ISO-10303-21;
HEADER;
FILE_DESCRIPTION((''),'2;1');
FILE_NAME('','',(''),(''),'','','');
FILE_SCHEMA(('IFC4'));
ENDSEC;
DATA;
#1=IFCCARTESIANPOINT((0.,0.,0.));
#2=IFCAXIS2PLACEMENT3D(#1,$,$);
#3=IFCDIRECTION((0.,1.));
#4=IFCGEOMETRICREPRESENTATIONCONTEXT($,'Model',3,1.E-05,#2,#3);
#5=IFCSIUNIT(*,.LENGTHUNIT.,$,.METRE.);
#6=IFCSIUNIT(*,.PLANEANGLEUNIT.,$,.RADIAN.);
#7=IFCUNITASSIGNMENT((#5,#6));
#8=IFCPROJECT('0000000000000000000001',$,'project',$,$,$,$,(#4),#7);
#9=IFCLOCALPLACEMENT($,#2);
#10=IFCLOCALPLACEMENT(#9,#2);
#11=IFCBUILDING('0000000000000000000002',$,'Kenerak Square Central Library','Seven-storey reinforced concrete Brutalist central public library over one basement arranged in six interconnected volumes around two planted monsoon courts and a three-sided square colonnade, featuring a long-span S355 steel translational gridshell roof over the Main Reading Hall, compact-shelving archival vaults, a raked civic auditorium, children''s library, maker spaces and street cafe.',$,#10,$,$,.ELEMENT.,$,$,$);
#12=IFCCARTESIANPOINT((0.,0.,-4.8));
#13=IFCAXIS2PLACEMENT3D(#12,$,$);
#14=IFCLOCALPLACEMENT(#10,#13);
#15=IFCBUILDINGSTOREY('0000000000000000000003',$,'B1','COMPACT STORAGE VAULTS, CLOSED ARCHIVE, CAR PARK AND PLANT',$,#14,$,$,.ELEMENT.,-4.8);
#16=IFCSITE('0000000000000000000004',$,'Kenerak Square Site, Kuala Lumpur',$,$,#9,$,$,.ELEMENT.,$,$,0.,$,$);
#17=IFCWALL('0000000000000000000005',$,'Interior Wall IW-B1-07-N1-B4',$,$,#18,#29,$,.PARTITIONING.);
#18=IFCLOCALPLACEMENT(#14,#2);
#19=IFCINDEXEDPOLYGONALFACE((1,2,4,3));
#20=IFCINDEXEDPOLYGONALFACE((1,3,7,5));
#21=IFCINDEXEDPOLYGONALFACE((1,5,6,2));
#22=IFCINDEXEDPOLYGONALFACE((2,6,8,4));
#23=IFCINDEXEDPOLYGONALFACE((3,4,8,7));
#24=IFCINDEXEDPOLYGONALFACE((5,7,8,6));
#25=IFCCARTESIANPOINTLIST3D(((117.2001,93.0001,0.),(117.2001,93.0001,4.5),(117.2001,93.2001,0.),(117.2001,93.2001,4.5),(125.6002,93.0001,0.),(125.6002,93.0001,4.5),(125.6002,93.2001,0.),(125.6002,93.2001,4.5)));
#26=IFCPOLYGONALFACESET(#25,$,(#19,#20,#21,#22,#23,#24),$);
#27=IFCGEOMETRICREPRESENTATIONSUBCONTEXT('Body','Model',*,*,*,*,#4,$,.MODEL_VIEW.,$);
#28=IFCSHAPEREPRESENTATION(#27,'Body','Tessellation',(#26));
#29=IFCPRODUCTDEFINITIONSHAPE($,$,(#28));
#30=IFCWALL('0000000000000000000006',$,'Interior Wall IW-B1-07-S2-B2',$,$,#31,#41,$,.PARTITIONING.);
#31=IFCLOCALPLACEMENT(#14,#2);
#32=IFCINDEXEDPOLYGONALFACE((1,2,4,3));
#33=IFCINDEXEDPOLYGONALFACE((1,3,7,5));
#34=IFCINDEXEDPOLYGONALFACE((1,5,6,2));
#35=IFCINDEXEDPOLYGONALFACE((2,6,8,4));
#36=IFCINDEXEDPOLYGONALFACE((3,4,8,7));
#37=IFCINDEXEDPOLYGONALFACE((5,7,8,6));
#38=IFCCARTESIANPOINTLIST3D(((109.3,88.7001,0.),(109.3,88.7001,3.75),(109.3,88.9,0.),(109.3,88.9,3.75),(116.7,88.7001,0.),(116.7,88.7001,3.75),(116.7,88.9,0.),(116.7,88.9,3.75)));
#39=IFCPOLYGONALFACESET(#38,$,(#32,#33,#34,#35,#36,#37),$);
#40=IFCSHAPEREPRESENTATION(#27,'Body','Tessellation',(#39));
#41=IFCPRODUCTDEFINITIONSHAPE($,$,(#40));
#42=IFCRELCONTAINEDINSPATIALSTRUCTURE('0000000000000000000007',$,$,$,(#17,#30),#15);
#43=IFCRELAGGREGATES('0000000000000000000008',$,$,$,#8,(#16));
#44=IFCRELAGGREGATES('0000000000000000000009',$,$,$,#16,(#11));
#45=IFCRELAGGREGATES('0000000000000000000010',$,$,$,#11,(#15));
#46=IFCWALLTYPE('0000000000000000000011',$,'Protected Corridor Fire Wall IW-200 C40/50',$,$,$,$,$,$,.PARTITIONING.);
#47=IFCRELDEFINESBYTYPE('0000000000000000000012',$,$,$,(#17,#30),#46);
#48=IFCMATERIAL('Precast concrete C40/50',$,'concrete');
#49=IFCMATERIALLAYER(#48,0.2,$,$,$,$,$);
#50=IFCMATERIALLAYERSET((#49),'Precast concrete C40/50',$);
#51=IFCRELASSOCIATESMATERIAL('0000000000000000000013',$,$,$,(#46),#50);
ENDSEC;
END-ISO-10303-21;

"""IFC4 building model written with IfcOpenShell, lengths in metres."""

from ifc_helpers import new_model, si_unit, direction, frame, frame_2d, origin, place, context, subcontext, project, spatial, rectangle, extrude, material, layer, layer_set, type_object, element, save


model = new_model("IFC4")

# Units and contexts
model_context = context("Model", 3, precision=1e-05, world=origin(), true_north=direction((0.0, 1.0)))
body_context = subcontext(model_context, "Body", "Model", "MODEL_VIEW")
ifc_project = project(units=[si_unit("LENGTHUNIT", "METRE"), si_unit("PLANEANGLEUNIT", "RADIAN")], contexts=[model_context])

# Site, building, storey
site_placement = place(None, origin())
site = spatial("IfcSite", under=ifc_project, at=site_placement, Name="Kenerak Square Site, Kuala Lumpur", CompositionType="ELEMENT", RefElevation=0.0)
building_placement = place(site_placement, origin())
building = spatial("IfcBuilding", under=site, at=building_placement, Name="Kenerak Square Central Library", Description="Seven-storey reinforced concrete Brutalist central public library over one basement arranged in six interconnected volumes around two planted monsoon courts and a three-sided square colonnade, featuring a long-span S355 steel translational gridshell roof over the Main Reading Hall, compact-shelving archival vaults, a raked civic auditorium, children's library, maker spaces and street cafe.", CompositionType="ELEMENT")
storey_placement = place(building_placement, frame((0.0, 0.0, -4.8)))
storey = spatial("IfcBuildingStorey", under=building, at=storey_placement, Name="B1", Description="COMPACT STORAGE VAULTS, CLOSED ARCHIVE, CAR PARK AND PLANT", CompositionType="ELEMENT", Elevation=-4.8)

# Walls
ifc_material_1 = material(Name="Precast concrete C40/50", Category="concrete")
ifc_layer_1 = layer(ifc_material_1, 0.2)
ifc_layer_set_1 = layer_set([ifc_layer_1], Name="Precast concrete C40/50")
wall_type_1 = type_object("IfcWallType", Name="Protected Corridor Fire Wall IW-200 C40/50", PredefinedType="PARTITIONING", material=ifc_layer_set_1)
wall_1_placement = place(storey_placement, frame((117.2, 93.1001, 0.0), z_axis=(0.0, 0.0, 1.0), x_axis=(1.0, 0.0, 0.0)))
element("IfcWall", 1, at=wall_1_placement, inside=storey, type_object=wall_type_1, Name="Interior Wall IW-B1-07-N1-B4", PredefinedType="PARTITIONING", context=body_context, shape_type="SweptSolid", body=[
    extrude(rectangle(XDim=8.4001, YDim=0.2, at=frame_2d((4.2002, 0.0))), origin(), (0.0, 0.0, 1.0), 4.5),
])
wall_2_placement = place(storey_placement, frame((116.7, 88.8, 0.0), z_axis=(0.0, 0.0, 1.0), x_axis=(-1.0, 0.0, 0.0)))
element("IfcWall", 2, at=wall_2_placement, inside=storey, type_object=wall_type_1, Name="Interior Wall IW-B1-07-S2-B2", PredefinedType="PARTITIONING", context=body_context, shape_type="SweptSolid", body=[
    extrude(rectangle(XDim=7.3999, YDim=0.2, at=frame_2d((3.7, 0.0))), origin(), (0.0, 0.0, 1.0), 3.75),
])

save(model, "model.ifc")
